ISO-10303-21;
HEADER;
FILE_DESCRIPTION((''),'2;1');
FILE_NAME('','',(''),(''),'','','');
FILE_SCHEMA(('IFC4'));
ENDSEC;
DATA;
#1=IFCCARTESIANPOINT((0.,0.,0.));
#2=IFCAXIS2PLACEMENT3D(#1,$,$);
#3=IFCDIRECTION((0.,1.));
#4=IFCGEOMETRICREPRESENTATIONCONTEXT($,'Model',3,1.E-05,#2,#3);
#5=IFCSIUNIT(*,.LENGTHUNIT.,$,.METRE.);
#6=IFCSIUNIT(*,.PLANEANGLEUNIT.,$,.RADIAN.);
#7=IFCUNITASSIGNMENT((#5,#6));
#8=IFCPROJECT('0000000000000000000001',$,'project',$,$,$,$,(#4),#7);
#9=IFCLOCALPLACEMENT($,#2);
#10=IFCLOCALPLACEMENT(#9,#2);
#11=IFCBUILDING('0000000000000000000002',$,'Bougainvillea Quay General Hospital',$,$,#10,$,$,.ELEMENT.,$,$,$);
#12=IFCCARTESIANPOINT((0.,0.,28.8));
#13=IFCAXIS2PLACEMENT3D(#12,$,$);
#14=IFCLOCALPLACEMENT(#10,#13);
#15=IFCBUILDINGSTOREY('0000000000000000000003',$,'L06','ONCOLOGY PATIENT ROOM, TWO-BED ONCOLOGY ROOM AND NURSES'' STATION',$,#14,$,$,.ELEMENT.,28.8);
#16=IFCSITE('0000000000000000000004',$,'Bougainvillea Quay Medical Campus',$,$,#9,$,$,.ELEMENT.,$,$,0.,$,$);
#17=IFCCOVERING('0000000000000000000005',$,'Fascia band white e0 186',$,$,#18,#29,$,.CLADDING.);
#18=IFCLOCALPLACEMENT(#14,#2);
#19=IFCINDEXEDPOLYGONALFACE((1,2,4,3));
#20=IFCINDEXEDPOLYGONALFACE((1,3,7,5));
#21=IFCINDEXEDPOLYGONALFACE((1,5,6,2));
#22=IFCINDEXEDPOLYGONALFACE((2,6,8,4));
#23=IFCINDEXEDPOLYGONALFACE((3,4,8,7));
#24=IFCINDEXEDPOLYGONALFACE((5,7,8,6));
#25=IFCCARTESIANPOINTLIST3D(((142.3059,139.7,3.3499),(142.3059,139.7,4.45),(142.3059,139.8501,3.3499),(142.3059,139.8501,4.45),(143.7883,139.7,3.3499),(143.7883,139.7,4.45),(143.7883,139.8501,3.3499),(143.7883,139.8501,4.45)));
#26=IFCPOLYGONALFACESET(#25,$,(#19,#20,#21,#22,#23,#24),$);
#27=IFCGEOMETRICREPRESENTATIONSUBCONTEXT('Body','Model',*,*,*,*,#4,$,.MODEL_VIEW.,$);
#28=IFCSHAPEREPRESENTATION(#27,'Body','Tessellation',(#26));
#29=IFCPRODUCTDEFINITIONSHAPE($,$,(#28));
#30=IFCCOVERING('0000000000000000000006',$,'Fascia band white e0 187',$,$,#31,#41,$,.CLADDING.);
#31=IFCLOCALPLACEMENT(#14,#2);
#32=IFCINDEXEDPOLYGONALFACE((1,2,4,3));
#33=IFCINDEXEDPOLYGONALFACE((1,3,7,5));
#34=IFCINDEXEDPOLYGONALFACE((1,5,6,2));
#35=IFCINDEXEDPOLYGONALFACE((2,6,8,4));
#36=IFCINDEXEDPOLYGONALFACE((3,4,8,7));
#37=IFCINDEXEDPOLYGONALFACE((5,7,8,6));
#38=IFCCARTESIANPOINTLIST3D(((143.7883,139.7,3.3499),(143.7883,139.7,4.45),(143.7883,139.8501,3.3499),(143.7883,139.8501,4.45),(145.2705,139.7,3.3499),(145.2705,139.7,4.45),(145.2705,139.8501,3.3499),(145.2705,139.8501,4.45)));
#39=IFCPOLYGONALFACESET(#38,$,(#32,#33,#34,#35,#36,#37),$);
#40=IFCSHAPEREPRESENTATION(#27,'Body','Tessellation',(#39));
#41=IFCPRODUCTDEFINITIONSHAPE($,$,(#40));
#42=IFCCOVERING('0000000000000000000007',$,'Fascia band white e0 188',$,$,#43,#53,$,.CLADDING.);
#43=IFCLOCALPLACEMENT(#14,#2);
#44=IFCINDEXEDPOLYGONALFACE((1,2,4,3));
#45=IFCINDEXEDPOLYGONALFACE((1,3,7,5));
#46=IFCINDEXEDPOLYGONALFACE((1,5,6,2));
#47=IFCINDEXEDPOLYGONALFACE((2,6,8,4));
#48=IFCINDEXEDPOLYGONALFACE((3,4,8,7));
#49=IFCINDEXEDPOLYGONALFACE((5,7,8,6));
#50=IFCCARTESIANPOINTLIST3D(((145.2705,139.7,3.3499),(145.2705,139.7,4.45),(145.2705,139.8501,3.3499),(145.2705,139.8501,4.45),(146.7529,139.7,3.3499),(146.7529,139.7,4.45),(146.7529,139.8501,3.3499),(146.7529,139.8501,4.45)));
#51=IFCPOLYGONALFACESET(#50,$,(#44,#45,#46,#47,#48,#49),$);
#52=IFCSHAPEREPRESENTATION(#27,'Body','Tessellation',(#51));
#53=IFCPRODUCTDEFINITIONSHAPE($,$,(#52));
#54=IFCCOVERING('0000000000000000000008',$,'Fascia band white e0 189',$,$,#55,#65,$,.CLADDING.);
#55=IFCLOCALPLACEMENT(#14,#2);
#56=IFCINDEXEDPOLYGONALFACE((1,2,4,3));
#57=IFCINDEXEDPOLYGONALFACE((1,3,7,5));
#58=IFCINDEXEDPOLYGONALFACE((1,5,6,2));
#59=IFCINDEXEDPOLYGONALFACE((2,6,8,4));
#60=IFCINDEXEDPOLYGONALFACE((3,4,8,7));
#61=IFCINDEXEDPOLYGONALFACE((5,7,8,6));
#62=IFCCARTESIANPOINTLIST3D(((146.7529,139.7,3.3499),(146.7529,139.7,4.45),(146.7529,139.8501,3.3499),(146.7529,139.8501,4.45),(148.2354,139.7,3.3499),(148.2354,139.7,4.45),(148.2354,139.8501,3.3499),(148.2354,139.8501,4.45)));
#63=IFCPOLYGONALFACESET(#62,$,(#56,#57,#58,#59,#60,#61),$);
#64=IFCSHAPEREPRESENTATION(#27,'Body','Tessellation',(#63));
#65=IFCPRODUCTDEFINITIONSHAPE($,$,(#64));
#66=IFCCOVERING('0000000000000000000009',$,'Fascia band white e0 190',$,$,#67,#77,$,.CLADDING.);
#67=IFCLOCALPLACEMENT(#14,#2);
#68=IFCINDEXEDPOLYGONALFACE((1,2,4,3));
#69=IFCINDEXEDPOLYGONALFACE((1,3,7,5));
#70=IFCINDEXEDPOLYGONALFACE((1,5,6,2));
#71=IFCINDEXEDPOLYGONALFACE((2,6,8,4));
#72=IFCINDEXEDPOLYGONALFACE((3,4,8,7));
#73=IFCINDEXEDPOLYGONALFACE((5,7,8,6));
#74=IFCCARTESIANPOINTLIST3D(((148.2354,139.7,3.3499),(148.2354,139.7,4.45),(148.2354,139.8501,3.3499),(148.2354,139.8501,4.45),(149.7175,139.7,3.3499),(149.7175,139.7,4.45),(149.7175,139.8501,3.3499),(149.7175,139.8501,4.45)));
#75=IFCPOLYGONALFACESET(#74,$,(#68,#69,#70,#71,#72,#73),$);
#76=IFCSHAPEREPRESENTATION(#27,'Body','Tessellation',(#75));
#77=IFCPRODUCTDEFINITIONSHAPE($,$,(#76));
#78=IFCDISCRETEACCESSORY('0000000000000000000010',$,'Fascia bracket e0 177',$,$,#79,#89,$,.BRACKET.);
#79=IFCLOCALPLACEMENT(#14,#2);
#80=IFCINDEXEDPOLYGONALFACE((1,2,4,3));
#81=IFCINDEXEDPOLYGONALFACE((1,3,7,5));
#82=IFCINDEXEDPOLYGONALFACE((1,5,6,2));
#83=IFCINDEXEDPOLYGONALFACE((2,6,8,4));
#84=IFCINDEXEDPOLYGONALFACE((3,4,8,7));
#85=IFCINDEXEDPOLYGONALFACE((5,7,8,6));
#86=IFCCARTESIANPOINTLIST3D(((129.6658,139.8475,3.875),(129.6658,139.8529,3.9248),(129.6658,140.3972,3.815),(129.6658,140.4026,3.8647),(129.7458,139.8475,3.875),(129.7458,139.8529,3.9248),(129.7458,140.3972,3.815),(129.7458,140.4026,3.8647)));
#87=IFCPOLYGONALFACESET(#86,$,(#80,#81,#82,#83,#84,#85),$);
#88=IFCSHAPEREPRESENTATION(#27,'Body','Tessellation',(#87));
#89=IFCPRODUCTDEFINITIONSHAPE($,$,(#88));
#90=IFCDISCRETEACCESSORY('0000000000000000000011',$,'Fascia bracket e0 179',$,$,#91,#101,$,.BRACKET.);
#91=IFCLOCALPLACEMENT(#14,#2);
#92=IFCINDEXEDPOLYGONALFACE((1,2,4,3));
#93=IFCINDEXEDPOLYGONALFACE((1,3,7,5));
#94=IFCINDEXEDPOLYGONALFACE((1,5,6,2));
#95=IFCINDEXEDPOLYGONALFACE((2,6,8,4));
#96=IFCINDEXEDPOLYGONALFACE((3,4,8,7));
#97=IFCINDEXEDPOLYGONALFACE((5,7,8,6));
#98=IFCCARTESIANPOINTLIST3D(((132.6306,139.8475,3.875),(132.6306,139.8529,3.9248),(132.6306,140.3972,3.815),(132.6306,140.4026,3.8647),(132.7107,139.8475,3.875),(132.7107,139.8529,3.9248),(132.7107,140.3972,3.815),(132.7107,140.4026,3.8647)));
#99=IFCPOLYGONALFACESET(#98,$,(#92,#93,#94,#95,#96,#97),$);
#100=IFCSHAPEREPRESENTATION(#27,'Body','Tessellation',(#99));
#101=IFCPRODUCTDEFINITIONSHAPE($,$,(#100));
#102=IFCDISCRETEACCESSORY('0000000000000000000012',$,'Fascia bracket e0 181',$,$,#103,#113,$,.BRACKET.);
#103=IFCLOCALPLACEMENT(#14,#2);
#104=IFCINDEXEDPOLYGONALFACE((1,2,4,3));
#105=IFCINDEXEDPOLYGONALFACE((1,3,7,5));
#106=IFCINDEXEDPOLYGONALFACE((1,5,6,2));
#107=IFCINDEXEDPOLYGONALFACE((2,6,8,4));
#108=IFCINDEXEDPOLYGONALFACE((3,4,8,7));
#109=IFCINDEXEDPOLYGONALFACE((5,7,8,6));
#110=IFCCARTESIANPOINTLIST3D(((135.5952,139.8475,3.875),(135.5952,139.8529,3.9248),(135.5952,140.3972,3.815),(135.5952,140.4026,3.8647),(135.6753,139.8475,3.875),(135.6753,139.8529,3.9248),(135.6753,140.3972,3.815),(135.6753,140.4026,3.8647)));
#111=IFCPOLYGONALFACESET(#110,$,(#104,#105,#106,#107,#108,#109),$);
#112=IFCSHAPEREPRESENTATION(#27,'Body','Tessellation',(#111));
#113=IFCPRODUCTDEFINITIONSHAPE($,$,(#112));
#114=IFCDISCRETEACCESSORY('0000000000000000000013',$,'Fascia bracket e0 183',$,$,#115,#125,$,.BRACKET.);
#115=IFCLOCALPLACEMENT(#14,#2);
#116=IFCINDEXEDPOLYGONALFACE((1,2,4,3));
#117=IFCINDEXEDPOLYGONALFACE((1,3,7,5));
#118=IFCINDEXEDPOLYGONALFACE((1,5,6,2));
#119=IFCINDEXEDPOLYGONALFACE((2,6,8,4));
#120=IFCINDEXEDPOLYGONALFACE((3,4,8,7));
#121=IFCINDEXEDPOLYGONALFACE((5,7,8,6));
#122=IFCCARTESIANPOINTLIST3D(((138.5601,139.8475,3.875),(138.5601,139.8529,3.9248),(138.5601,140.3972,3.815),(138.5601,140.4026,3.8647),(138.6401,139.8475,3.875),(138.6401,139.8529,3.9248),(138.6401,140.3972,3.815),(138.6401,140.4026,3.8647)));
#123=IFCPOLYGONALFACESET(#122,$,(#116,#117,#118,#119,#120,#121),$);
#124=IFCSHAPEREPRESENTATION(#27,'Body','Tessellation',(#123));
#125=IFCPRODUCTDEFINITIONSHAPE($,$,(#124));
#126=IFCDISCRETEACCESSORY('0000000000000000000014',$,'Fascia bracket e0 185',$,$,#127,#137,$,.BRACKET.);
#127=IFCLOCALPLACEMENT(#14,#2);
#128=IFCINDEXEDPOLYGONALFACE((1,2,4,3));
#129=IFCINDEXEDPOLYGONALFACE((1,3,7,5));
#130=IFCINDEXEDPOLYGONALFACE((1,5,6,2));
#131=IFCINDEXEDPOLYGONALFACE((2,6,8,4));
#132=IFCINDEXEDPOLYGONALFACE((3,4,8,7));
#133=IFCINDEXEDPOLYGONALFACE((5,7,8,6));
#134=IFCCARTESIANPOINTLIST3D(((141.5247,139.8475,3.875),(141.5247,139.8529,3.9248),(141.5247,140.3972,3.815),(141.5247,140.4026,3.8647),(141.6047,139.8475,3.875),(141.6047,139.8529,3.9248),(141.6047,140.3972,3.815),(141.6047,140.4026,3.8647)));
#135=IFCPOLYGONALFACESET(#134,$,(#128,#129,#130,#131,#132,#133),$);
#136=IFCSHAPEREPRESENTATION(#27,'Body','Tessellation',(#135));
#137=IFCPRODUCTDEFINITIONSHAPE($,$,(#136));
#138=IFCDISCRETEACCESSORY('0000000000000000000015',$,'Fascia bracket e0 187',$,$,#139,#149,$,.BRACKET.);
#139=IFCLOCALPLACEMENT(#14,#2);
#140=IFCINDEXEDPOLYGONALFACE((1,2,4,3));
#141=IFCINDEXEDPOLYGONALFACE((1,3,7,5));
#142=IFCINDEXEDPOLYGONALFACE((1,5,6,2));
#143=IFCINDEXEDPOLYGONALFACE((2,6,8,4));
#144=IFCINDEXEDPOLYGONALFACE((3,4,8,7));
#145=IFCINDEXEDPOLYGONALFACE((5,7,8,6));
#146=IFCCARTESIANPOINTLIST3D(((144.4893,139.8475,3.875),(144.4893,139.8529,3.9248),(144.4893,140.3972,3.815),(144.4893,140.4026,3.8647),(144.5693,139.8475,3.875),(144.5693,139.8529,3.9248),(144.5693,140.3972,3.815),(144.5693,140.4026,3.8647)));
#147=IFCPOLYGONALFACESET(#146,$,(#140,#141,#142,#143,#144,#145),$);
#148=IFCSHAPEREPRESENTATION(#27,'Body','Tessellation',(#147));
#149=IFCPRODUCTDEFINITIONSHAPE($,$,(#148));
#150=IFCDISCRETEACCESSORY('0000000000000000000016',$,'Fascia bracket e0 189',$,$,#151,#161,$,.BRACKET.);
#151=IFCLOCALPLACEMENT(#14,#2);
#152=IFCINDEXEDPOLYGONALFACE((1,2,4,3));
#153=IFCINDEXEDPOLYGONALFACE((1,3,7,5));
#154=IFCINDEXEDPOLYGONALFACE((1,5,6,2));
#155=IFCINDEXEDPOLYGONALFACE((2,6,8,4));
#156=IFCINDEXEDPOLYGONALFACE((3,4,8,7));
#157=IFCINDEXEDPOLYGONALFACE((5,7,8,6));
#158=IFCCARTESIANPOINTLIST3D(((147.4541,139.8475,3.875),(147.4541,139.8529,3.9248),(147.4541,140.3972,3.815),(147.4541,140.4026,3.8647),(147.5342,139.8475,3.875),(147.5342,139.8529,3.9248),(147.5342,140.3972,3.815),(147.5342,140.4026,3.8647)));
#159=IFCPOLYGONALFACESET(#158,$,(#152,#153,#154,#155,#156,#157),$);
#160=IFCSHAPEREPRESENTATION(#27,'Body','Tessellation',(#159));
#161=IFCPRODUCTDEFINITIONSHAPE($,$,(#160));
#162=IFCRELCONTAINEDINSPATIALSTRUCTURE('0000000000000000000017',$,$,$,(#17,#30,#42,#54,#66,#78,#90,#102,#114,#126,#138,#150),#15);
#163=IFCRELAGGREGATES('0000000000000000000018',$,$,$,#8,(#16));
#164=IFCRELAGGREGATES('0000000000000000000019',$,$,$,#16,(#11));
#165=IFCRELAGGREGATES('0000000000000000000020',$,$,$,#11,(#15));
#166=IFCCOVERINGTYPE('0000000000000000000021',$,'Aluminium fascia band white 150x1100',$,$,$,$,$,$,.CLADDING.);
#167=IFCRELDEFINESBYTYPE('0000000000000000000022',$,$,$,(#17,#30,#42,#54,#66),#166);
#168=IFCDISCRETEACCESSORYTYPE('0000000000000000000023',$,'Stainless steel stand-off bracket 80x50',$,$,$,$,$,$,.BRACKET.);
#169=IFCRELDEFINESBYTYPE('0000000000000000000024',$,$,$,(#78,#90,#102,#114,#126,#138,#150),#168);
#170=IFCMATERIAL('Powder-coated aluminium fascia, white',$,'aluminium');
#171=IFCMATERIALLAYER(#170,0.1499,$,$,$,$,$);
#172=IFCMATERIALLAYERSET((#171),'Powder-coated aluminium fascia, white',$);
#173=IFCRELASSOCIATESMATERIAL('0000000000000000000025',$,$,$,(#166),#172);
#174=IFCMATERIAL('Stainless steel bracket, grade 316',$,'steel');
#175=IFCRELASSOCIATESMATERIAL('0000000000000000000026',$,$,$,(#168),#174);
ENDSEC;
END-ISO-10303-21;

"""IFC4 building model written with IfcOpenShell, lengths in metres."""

from ifc_helpers import new_model, si_unit, direction, frame, origin, origin_2d, place, context, subcontext, project, spatial, polyline, rectangle, outline, extrude, material, layer, layer_set, material_profile, profile_set, type_object, element, save


model = new_model("IFC4")

# Units and contexts
model_context = context("Model", 3, precision=1e-05, world=origin(), true_north=direction((0.0, 1.0)))
body_context = subcontext(model_context, "Body", "Model", "MODEL_VIEW")
ifc_project = project(units=[si_unit("LENGTHUNIT", "METRE"), si_unit("PLANEANGLEUNIT", "RADIAN")], contexts=[model_context])

# Site, building, storey
site_placement = place(None, origin())
site = spatial("IfcSite", under=ifc_project, at=site_placement, Name="Bougainvillea Quay Medical Campus", CompositionType="ELEMENT", RefElevation=0.0)
building_placement = place(site_placement, origin())
building = spatial("IfcBuilding", under=site, at=building_placement, Name="Bougainvillea Quay General Hospital", CompositionType="ELEMENT")
storey_placement = place(building_placement, frame((0.0, 0.0, 28.8)))
storey = spatial("IfcBuildingStorey", under=building, at=storey_placement, Name="L06", Description="ONCOLOGY PATIENT ROOM, TWO-BED ONCOLOGY ROOM AND NURSES' STATION", CompositionType="ELEMENT", Elevation=28.8)

# Coverings
ifc_material_1 = material(Name="Powder-coated aluminium fascia, white", Category="aluminium")
ifc_layer_1 = layer(ifc_material_1, 0.1499)
ifc_layer_set_1 = layer_set([ifc_layer_1], Name="Powder-coated aluminium fascia, white")
covering_type = type_object("IfcCoveringType", Name="Aluminium fascia band white 150x1100", PredefinedType="CLADDING", material=ifc_layer_set_1)
for number, where, z_axis, x_axis, name in (
    (1, (142.3059, 139.8501, 3.3499), (0.0, 0.0, 1.0), (1.0, 0.0, 0.0), "Fascia band white e0 186"),
):
    element("IfcCovering", number, at=place(storey_placement, frame(where, z_axis=z_axis, x_axis=x_axis)), inside=storey, type_object=covering_type, Name=name, PredefinedType="CLADDING", context=body_context, shape_type="SweptSolid", body=[
        extrude(outline(polyline([(0.0, 0.0), (1.4824, 0.0), (1.4824, -0.1501), (0.0, -0.1501), (0.0, 0.0)])), origin(), (0.0, 0.0, 1.0), 1.1001),
    ])
covering_1_placement = place(storey_placement, frame((143.7883, 139.8501, 3.3499), z_axis=(0.0, 0.0, 1.0), x_axis=(1.0, 0.0, 0.0)))
element("IfcCovering", 2, at=covering_1_placement, inside=storey, type_object=covering_type, Name="Fascia band white e0 187", PredefinedType="CLADDING", context=body_context, shape_type="SweptSolid", body=[
    extrude(outline(polyline([(0.0, 0.0), (1.4822, 0.0), (1.4822, -0.1501), (0.0, -0.1501), (0.0, 0.0)])), origin(), (0.0, 0.0, 1.0), 1.1001),
])
for number, where, z_axis, x_axis, name in (
    (3, (145.2705, 139.8501, 3.3499), (0.0, 0.0, 1.0), (1.0, 0.0, 0.0), "Fascia band white e0 188"),
    (4, (146.7529, 139.8501, 3.3499), (0.0, 0.0, 1.0), (1.0, 0.0, 0.0), "Fascia band white e0 189"),
):
    element("IfcCovering", number, at=place(storey_placement, frame(where, z_axis=z_axis, x_axis=x_axis)), inside=storey, type_object=covering_type, Name=name, PredefinedType="CLADDING", context=body_context, shape_type="SweptSolid", body=[
        extrude(outline(polyline([(0.0, 0.0), (1.4824, 0.0), (1.4824, -0.1501), (0.0, -0.1501), (0.0, 0.0)])), origin(), (0.0, 0.0, 1.0), 1.1001),
    ])
covering_2_placement = place(storey_placement, frame((148.2354, 139.8501, 3.3499), z_axis=(0.0, 0.0, 1.0), x_axis=(1.0, 0.0, 0.0)))
element("IfcCovering", 5, at=covering_2_placement, inside=storey, type_object=covering_type, Name="Fascia band white e0 190", PredefinedType="CLADDING", context=body_context, shape_type="SweptSolid", body=[
    extrude(outline(polyline([(0.0, 0.0), (1.4822, 0.0), (1.4822, -0.1501), (0.0, -0.1501), (0.0, 0.0)])), origin(), (0.0, 0.0, 1.0), 1.1001),
])

# Discrete accessories
ifc_material_2 = material(Name="Stainless steel bracket, grade 316", Category="steel")
ifc_material_profile_1 = material_profile(ifc_material_2, rectangle(XDim=0.0801, YDim=0.05, at=origin_2d()))
ifc_profile_set_1 = profile_set([ifc_material_profile_1], Name="Stainless steel bracket, grade 316")
discrete_accessory_type = type_object("IfcDiscreteAccessoryType", Name="Stainless steel stand-off bracket 80x50", PredefinedType="BRACKET", material=ifc_profile_set_1)
for number, where, z_axis, x_axis, name in (
    (6, (129.7058, 140.3999, 3.8398), (0.0, -0.994087, 0.10859), (1.0, 0.0, 0.0), "Fascia bracket e0 177"),
    (7, (132.6707, 140.3999, 3.8398), (0.0, -0.994087, 0.10859), (1.0, 0.0, 0.0), "Fascia bracket e0 179"),
    (8, (135.6353, 140.3999, 3.8398), (0.0, -0.994087, 0.10859), (1.0, 0.0, 0.0), "Fascia bracket e0 181"),
    (9, (138.6001, 140.3999, 3.8398), (0.0, -0.994087, 0.10859), (1.0, 0.0, 0.0), "Fascia bracket e0 183"),
    (10, (141.5647, 140.3999, 3.8398), (0.0, -0.994087, 0.10859), (1.0, 0.0, 0.0), "Fascia bracket e0 185"),
    (11, (144.5293, 140.3999, 3.8398), (0.0, -0.994087, 0.10859), (1.0, 0.0, 0.0), "Fascia bracket e0 187"),
    (12, (147.4941, 140.3999, 3.8398), (0.0, -0.994087, 0.10859), (1.0, 0.0, 0.0), "Fascia bracket e0 189"),
):
    element("IfcDiscreteAccessory", number, at=place(storey_placement, frame(where, z_axis=z_axis, x_axis=x_axis)), inside=storey, type_object=discrete_accessory_type, Name=name, PredefinedType="BRACKET", context=body_context, shape_type="SweptSolid", body=[
        extrude(rectangle(XDim=0.0801, YDim=0.05, at=origin_2d()), origin(), (0.0, 0.0, 1.0), 0.553),
    ])

save(model, "model.ifc")
